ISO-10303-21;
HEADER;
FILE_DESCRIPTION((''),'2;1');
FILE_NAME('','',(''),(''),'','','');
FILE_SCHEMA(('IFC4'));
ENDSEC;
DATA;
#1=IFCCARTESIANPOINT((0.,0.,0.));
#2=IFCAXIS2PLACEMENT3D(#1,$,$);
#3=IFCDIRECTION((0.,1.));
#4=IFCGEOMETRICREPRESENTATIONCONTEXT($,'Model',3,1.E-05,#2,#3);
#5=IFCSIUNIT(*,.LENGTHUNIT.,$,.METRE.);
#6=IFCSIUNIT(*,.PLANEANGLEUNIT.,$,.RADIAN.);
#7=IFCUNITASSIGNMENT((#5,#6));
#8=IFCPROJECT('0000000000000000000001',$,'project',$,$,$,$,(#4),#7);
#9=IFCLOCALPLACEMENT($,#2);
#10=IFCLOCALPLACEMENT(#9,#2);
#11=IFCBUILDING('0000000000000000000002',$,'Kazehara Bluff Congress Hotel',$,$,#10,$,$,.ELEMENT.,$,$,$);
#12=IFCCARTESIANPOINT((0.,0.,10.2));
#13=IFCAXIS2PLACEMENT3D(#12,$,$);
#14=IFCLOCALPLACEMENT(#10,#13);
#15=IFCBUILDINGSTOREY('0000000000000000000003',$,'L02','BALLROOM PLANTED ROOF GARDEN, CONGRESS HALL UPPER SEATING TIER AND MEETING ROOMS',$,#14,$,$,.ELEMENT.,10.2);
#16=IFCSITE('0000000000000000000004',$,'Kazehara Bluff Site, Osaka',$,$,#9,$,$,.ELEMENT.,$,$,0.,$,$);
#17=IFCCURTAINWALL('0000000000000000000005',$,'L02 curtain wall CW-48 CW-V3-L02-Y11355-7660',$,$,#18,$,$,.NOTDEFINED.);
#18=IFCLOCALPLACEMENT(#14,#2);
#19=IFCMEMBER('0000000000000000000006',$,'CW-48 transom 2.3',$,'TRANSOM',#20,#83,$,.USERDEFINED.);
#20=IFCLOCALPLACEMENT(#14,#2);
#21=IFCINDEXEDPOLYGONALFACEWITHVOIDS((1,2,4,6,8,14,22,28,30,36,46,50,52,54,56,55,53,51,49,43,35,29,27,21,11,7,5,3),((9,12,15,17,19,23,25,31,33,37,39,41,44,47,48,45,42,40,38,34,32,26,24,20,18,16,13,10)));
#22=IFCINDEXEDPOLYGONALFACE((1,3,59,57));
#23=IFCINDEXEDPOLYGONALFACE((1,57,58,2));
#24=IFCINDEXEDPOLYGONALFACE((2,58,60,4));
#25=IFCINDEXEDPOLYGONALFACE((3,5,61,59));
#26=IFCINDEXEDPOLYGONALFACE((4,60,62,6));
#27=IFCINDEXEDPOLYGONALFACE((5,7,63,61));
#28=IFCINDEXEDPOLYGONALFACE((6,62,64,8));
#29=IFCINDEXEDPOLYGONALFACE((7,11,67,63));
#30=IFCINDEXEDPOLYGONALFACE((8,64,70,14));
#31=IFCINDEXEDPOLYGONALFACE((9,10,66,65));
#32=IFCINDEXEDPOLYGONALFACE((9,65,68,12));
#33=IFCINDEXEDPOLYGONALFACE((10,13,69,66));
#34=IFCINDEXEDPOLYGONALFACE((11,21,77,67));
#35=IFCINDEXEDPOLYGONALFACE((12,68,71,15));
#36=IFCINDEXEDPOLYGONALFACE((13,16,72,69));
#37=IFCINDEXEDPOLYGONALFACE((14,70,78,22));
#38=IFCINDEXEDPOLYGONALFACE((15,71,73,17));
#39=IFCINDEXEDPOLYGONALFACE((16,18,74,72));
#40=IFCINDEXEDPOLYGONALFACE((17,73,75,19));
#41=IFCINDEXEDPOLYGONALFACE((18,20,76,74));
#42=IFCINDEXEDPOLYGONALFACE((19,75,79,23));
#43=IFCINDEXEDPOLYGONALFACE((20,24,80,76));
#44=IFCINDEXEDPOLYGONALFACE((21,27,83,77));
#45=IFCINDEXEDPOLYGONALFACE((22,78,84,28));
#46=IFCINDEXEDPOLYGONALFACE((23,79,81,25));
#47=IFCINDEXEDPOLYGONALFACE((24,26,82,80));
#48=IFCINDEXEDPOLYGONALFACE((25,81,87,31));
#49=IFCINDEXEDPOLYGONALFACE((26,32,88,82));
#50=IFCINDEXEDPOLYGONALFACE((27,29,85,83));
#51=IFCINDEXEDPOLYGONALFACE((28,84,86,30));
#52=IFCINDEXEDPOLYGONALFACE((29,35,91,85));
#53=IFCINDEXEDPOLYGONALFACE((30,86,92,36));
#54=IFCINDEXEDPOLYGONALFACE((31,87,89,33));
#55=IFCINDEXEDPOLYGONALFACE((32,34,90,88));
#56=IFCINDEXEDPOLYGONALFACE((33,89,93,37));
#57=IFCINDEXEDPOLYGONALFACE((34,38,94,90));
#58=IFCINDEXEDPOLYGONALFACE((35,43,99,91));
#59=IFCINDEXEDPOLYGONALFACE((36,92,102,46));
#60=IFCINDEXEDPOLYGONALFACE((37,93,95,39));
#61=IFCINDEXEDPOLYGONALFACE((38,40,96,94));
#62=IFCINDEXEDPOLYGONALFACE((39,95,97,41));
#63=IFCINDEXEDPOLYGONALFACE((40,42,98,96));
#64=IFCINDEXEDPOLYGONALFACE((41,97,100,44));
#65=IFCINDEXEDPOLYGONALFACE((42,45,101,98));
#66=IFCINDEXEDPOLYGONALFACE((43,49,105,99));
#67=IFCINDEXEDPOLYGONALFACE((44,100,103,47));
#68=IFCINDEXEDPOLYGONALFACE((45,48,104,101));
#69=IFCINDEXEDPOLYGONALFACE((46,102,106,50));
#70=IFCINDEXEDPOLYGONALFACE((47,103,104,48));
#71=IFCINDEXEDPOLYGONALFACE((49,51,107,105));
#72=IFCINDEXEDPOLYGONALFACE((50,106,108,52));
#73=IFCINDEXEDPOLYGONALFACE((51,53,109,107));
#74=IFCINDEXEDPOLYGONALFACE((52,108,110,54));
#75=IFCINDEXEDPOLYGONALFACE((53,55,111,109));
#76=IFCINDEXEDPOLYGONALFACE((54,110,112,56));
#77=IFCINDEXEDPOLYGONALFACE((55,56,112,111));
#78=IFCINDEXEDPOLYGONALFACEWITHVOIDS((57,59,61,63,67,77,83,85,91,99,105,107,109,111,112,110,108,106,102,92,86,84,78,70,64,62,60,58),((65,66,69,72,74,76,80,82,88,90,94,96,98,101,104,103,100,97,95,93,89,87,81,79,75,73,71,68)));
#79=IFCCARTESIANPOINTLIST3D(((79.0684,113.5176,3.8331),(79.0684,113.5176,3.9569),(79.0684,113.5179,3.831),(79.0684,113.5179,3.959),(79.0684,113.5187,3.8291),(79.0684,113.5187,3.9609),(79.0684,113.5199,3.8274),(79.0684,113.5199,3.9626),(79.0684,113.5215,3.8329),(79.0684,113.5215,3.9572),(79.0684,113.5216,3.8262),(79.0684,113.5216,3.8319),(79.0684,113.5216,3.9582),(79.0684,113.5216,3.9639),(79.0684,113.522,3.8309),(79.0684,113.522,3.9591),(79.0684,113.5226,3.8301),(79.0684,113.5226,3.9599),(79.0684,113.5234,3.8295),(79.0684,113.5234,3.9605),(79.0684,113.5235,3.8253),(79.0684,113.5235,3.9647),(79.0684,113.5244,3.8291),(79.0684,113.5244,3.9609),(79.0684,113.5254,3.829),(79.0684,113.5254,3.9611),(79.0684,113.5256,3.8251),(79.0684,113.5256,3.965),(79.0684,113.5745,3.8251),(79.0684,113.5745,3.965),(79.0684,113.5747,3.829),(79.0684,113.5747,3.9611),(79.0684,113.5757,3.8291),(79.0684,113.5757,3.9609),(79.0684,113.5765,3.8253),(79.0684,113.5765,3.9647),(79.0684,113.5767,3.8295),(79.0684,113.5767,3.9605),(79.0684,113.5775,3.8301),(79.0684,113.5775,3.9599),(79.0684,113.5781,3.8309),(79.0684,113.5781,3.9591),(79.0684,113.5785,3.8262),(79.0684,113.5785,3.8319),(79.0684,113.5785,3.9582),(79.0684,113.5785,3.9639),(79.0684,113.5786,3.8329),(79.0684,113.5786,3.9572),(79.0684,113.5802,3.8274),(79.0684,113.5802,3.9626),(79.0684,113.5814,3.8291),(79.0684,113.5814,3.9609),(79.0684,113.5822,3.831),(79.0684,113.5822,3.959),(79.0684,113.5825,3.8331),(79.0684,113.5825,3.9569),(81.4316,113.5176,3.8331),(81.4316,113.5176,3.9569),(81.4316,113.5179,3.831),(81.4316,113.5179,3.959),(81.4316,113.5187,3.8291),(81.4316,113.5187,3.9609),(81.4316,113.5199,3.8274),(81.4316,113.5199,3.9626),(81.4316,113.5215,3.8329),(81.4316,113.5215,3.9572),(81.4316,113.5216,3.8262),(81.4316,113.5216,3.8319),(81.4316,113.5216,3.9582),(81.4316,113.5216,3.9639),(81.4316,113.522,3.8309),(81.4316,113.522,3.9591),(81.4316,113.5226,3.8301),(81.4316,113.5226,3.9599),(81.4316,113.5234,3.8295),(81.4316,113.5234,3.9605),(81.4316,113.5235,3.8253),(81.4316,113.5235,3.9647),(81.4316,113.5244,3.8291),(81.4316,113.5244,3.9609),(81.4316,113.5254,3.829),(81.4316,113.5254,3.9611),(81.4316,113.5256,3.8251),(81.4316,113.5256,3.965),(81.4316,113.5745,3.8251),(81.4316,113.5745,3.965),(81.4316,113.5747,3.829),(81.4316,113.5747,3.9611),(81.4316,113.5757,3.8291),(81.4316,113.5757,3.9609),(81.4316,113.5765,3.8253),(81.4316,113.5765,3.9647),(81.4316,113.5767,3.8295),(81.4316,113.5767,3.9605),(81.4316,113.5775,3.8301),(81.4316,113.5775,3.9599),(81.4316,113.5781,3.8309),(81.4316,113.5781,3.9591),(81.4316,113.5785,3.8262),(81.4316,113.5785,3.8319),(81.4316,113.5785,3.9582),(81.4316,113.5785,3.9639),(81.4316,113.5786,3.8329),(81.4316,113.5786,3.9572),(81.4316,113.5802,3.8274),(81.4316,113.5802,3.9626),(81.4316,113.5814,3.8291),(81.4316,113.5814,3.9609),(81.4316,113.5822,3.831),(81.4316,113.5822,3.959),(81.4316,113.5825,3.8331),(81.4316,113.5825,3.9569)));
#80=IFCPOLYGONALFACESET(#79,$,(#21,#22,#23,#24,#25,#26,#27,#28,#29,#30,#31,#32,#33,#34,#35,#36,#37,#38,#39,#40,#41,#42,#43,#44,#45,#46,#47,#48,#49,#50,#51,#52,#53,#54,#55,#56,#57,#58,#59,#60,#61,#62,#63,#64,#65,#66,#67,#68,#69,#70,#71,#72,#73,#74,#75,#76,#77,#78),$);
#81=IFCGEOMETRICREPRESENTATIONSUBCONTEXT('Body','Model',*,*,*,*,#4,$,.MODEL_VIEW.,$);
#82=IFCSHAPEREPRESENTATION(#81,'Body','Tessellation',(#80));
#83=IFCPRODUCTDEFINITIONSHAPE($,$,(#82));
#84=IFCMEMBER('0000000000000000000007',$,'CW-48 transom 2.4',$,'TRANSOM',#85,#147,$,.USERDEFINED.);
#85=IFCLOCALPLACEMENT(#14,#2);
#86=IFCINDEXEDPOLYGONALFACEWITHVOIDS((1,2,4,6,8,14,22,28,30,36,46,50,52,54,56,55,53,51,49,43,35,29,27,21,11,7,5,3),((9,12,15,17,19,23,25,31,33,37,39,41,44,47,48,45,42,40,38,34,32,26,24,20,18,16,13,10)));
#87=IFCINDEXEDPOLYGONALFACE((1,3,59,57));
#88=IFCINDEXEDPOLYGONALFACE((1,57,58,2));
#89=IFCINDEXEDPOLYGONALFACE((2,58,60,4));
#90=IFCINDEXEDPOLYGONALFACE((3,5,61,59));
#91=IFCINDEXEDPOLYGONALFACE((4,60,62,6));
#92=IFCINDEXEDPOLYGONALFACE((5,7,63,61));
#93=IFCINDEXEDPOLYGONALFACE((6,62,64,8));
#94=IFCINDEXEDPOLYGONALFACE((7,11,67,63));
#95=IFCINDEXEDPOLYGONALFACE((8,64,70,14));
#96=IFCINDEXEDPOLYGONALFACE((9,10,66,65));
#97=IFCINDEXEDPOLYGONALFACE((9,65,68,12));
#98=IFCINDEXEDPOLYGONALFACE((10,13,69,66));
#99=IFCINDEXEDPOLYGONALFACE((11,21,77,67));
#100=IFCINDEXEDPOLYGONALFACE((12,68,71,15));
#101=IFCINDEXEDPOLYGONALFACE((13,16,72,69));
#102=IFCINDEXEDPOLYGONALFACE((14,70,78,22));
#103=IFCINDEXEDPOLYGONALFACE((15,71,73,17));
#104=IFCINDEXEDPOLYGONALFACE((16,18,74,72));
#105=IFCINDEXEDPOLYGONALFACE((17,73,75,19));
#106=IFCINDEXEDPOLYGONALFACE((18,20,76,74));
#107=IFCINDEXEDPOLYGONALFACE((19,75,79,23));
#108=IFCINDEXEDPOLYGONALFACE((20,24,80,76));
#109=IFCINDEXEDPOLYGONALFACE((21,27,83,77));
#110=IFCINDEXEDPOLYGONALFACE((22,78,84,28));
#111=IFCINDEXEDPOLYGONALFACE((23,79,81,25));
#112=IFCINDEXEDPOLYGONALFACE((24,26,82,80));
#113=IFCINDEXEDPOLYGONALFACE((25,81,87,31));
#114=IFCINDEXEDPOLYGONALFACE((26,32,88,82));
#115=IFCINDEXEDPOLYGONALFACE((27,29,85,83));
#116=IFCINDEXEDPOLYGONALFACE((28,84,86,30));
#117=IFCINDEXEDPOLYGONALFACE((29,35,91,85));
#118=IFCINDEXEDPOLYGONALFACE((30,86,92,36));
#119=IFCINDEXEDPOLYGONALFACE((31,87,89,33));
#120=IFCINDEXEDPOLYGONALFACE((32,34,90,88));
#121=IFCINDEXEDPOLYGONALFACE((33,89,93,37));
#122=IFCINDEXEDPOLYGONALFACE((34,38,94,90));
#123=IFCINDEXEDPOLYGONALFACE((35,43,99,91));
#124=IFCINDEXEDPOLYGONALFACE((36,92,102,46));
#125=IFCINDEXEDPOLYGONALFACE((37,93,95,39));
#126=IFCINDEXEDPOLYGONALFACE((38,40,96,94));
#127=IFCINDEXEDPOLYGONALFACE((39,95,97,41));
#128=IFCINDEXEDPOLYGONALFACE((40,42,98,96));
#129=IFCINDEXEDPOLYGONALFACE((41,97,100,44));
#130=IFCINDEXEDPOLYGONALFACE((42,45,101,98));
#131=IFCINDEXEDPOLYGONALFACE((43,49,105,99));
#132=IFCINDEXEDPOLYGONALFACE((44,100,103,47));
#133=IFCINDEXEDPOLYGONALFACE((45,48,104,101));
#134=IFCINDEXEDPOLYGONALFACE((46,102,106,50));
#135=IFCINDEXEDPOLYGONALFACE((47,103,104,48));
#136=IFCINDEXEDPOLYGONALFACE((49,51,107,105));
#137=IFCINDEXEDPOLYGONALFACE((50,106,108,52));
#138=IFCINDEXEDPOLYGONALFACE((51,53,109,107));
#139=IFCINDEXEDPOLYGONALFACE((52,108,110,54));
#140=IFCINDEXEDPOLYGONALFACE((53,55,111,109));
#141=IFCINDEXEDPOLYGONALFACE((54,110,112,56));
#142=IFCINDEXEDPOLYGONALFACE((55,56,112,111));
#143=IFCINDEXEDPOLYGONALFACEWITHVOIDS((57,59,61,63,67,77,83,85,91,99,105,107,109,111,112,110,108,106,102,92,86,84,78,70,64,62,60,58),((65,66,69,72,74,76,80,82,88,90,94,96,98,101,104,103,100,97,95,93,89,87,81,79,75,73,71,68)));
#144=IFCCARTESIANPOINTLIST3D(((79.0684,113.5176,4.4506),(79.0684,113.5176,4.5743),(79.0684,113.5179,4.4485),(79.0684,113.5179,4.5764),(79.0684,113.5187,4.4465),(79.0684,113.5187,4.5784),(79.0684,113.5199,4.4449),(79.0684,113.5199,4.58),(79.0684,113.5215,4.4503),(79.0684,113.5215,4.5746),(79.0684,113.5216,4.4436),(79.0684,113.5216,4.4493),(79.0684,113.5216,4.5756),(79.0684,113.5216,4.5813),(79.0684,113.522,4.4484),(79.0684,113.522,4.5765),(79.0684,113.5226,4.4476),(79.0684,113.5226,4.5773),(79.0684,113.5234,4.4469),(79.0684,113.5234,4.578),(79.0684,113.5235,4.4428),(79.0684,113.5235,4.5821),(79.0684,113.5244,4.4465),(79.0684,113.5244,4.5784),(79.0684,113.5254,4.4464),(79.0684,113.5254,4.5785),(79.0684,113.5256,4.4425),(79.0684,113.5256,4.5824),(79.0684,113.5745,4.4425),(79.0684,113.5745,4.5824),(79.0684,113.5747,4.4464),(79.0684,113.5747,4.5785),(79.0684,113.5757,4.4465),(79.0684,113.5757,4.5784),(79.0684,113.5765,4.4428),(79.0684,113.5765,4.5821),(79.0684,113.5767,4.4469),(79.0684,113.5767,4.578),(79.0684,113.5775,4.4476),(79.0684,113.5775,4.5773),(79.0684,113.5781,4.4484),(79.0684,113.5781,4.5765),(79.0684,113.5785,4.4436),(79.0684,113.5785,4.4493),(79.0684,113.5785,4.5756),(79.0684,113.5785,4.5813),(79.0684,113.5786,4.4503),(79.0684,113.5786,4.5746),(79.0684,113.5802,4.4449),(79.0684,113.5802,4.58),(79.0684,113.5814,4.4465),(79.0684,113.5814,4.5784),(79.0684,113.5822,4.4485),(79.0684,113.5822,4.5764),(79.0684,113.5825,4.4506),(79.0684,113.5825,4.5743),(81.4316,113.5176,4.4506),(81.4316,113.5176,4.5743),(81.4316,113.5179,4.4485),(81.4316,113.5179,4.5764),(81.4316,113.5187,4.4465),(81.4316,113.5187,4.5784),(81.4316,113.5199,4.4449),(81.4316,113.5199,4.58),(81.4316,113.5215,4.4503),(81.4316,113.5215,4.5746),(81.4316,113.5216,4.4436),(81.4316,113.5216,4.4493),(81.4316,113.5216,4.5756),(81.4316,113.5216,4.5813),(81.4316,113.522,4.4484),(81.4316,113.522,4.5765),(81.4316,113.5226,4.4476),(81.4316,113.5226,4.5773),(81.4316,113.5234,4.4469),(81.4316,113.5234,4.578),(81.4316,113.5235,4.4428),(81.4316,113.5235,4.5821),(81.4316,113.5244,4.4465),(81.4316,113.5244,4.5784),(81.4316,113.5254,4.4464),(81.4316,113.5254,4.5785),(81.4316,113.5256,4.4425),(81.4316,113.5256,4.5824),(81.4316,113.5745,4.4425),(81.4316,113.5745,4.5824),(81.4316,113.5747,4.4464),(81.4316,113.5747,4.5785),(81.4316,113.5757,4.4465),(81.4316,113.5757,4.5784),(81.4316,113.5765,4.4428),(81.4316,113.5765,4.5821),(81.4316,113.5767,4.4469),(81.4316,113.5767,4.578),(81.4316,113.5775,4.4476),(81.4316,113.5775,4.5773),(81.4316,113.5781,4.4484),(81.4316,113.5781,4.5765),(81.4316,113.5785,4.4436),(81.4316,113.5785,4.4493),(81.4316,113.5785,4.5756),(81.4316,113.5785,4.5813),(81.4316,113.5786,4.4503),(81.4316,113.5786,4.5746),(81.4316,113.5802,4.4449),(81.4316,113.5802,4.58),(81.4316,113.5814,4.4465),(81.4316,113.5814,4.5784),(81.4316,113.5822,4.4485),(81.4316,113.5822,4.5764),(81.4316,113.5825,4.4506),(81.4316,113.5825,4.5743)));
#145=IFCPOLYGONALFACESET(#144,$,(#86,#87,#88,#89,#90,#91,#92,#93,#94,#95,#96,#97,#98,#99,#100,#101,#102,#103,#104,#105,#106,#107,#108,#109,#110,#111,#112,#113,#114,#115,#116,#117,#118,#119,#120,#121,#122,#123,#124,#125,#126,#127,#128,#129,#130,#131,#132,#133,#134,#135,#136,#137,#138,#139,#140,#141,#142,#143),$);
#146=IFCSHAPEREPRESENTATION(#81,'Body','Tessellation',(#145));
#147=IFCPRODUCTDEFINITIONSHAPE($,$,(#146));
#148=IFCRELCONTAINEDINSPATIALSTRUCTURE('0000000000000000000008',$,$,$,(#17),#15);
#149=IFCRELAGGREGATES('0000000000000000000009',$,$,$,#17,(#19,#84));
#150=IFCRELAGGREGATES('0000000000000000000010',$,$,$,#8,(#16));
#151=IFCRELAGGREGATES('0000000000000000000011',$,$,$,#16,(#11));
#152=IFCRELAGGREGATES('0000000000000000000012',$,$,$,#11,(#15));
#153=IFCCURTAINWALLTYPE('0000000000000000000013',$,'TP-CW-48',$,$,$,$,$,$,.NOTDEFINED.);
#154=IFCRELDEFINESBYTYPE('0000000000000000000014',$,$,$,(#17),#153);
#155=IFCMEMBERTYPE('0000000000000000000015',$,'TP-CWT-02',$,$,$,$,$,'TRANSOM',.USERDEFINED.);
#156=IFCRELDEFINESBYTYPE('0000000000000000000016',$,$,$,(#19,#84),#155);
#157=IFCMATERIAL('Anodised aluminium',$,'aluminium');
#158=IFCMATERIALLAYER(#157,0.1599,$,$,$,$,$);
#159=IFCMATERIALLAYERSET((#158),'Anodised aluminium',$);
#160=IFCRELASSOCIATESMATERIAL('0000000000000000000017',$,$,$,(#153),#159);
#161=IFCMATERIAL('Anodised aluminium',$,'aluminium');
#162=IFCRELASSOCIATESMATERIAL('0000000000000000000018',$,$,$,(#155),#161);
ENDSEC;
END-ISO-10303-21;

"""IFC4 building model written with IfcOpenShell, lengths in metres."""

from ifc_helpers import new_model, si_unit, direction, frame, origin, origin_2d, place, context, subcontext, project, spatial, hollow_rectangle, extrude, material, layer, layer_set, material_profile, profile_set, type_object, element, aggregate, save


model = new_model("IFC4")

# Units and contexts
model_context = context("Model", 3, precision=1e-05, world=origin(), true_north=direction((0.0, 1.0)))
body_context = subcontext(model_context, "Body", "Model", "MODEL_VIEW")
ifc_project = project(units=[si_unit("LENGTHUNIT", "METRE"), si_unit("PLANEANGLEUNIT", "RADIAN")], contexts=[model_context])

# Site, building, storey
site_placement = place(None, origin())
site = spatial("IfcSite", under=ifc_project, at=site_placement, Name="Kazehara Bluff Site, Osaka", CompositionType="ELEMENT", RefElevation=0.0)
building_placement = place(site_placement, origin())
building = spatial("IfcBuilding", under=site, at=building_placement, Name="Kazehara Bluff Congress Hotel", CompositionType="ELEMENT")
storey_placement = place(building_placement, frame((0.0, 0.0, 10.2)))
storey = spatial("IfcBuildingStorey", under=building, at=storey_placement, Name="L02", Description="BALLROOM PLANTED ROOF GARDEN, CONGRESS HALL UPPER SEATING TIER AND MEETING ROOMS", CompositionType="ELEMENT", Elevation=10.2)

# Curtain wall, members
ifc_material_1 = material(Name="Anodised aluminium", Category="aluminium")
ifc_layer_1 = layer(ifc_material_1, 0.1599)
ifc_layer_set_1 = layer_set([ifc_layer_1], Name="Anodised aluminium")
curtain_wall_type = type_object("IfcCurtainWallType", Name="TP-CW-48", PredefinedType="NOTDEFINED", material=ifc_layer_set_1)
curtain_wall_placement = place(storey_placement, origin())
curtain_wall = element("IfcCurtainWall", 1, at=curtain_wall_placement, inside=storey, type_object=curtain_wall_type, Name="L02 curtain wall CW-48 CW-V3-L02-Y11355-7660", PredefinedType="NOTDEFINED")
ifc_material_2 = material(Name="Anodised aluminium", Category="aluminium")
ifc_material_profile_1 = material_profile(ifc_material_2, hollow_rectangle(XDim=0.0649, YDim=0.1399, WallThickness=0.0039, InnerFilletRadius=0.0039, OuterFilletRadius=0.0081, at=origin_2d()))
ifc_profile_set_1 = profile_set([ifc_material_profile_1], Name="Anodised aluminium")
member_type_1 = type_object("IfcMemberType", Name="TP-CWT-02", ElementType="TRANSOM", PredefinedType="USERDEFINED", material=ifc_profile_set_1)
member_1_placement = place(storey_placement, frame((79.0684, 113.55, 3.895), z_axis=(1.0, 0.0, 0.0), x_axis=(0.0, 1.0, 0.0)))
member_1 = element("IfcMember", 2, at=member_1_placement, type_object=member_type_1, Name="CW-48 transom 2.3", ObjectType="TRANSOM", PredefinedType="USERDEFINED", context=body_context, shape_type="SweptSolid", body=[
    extrude(hollow_rectangle(XDim=0.0649, YDim=0.1399, WallThickness=0.0039, InnerFilletRadius=0.0039, OuterFilletRadius=0.0081, at=origin_2d()), origin(), (0.0, 0.0, 1.0), 2.3633),
])
member_2_placement = place(storey_placement, frame((79.0684, 113.55, 4.5125), z_axis=(1.0, 0.0, 0.0), x_axis=(0.0, 1.0, 0.0)))
member_2 = element("IfcMember", 3, at=member_2_placement, type_object=member_type_1, Name="CW-48 transom 2.4", ObjectType="TRANSOM", PredefinedType="USERDEFINED", context=body_context, shape_type="SweptSolid", body=[
    extrude(hollow_rectangle(XDim=0.0649, YDim=0.1399, WallThickness=0.0039, InnerFilletRadius=0.0039, OuterFilletRadius=0.0081, at=origin_2d()), origin(), (0.0, 0.0, 1.0), 2.3633),
])
aggregate(curtain_wall, [member_1, member_2])

save(model, "model.ifc")
